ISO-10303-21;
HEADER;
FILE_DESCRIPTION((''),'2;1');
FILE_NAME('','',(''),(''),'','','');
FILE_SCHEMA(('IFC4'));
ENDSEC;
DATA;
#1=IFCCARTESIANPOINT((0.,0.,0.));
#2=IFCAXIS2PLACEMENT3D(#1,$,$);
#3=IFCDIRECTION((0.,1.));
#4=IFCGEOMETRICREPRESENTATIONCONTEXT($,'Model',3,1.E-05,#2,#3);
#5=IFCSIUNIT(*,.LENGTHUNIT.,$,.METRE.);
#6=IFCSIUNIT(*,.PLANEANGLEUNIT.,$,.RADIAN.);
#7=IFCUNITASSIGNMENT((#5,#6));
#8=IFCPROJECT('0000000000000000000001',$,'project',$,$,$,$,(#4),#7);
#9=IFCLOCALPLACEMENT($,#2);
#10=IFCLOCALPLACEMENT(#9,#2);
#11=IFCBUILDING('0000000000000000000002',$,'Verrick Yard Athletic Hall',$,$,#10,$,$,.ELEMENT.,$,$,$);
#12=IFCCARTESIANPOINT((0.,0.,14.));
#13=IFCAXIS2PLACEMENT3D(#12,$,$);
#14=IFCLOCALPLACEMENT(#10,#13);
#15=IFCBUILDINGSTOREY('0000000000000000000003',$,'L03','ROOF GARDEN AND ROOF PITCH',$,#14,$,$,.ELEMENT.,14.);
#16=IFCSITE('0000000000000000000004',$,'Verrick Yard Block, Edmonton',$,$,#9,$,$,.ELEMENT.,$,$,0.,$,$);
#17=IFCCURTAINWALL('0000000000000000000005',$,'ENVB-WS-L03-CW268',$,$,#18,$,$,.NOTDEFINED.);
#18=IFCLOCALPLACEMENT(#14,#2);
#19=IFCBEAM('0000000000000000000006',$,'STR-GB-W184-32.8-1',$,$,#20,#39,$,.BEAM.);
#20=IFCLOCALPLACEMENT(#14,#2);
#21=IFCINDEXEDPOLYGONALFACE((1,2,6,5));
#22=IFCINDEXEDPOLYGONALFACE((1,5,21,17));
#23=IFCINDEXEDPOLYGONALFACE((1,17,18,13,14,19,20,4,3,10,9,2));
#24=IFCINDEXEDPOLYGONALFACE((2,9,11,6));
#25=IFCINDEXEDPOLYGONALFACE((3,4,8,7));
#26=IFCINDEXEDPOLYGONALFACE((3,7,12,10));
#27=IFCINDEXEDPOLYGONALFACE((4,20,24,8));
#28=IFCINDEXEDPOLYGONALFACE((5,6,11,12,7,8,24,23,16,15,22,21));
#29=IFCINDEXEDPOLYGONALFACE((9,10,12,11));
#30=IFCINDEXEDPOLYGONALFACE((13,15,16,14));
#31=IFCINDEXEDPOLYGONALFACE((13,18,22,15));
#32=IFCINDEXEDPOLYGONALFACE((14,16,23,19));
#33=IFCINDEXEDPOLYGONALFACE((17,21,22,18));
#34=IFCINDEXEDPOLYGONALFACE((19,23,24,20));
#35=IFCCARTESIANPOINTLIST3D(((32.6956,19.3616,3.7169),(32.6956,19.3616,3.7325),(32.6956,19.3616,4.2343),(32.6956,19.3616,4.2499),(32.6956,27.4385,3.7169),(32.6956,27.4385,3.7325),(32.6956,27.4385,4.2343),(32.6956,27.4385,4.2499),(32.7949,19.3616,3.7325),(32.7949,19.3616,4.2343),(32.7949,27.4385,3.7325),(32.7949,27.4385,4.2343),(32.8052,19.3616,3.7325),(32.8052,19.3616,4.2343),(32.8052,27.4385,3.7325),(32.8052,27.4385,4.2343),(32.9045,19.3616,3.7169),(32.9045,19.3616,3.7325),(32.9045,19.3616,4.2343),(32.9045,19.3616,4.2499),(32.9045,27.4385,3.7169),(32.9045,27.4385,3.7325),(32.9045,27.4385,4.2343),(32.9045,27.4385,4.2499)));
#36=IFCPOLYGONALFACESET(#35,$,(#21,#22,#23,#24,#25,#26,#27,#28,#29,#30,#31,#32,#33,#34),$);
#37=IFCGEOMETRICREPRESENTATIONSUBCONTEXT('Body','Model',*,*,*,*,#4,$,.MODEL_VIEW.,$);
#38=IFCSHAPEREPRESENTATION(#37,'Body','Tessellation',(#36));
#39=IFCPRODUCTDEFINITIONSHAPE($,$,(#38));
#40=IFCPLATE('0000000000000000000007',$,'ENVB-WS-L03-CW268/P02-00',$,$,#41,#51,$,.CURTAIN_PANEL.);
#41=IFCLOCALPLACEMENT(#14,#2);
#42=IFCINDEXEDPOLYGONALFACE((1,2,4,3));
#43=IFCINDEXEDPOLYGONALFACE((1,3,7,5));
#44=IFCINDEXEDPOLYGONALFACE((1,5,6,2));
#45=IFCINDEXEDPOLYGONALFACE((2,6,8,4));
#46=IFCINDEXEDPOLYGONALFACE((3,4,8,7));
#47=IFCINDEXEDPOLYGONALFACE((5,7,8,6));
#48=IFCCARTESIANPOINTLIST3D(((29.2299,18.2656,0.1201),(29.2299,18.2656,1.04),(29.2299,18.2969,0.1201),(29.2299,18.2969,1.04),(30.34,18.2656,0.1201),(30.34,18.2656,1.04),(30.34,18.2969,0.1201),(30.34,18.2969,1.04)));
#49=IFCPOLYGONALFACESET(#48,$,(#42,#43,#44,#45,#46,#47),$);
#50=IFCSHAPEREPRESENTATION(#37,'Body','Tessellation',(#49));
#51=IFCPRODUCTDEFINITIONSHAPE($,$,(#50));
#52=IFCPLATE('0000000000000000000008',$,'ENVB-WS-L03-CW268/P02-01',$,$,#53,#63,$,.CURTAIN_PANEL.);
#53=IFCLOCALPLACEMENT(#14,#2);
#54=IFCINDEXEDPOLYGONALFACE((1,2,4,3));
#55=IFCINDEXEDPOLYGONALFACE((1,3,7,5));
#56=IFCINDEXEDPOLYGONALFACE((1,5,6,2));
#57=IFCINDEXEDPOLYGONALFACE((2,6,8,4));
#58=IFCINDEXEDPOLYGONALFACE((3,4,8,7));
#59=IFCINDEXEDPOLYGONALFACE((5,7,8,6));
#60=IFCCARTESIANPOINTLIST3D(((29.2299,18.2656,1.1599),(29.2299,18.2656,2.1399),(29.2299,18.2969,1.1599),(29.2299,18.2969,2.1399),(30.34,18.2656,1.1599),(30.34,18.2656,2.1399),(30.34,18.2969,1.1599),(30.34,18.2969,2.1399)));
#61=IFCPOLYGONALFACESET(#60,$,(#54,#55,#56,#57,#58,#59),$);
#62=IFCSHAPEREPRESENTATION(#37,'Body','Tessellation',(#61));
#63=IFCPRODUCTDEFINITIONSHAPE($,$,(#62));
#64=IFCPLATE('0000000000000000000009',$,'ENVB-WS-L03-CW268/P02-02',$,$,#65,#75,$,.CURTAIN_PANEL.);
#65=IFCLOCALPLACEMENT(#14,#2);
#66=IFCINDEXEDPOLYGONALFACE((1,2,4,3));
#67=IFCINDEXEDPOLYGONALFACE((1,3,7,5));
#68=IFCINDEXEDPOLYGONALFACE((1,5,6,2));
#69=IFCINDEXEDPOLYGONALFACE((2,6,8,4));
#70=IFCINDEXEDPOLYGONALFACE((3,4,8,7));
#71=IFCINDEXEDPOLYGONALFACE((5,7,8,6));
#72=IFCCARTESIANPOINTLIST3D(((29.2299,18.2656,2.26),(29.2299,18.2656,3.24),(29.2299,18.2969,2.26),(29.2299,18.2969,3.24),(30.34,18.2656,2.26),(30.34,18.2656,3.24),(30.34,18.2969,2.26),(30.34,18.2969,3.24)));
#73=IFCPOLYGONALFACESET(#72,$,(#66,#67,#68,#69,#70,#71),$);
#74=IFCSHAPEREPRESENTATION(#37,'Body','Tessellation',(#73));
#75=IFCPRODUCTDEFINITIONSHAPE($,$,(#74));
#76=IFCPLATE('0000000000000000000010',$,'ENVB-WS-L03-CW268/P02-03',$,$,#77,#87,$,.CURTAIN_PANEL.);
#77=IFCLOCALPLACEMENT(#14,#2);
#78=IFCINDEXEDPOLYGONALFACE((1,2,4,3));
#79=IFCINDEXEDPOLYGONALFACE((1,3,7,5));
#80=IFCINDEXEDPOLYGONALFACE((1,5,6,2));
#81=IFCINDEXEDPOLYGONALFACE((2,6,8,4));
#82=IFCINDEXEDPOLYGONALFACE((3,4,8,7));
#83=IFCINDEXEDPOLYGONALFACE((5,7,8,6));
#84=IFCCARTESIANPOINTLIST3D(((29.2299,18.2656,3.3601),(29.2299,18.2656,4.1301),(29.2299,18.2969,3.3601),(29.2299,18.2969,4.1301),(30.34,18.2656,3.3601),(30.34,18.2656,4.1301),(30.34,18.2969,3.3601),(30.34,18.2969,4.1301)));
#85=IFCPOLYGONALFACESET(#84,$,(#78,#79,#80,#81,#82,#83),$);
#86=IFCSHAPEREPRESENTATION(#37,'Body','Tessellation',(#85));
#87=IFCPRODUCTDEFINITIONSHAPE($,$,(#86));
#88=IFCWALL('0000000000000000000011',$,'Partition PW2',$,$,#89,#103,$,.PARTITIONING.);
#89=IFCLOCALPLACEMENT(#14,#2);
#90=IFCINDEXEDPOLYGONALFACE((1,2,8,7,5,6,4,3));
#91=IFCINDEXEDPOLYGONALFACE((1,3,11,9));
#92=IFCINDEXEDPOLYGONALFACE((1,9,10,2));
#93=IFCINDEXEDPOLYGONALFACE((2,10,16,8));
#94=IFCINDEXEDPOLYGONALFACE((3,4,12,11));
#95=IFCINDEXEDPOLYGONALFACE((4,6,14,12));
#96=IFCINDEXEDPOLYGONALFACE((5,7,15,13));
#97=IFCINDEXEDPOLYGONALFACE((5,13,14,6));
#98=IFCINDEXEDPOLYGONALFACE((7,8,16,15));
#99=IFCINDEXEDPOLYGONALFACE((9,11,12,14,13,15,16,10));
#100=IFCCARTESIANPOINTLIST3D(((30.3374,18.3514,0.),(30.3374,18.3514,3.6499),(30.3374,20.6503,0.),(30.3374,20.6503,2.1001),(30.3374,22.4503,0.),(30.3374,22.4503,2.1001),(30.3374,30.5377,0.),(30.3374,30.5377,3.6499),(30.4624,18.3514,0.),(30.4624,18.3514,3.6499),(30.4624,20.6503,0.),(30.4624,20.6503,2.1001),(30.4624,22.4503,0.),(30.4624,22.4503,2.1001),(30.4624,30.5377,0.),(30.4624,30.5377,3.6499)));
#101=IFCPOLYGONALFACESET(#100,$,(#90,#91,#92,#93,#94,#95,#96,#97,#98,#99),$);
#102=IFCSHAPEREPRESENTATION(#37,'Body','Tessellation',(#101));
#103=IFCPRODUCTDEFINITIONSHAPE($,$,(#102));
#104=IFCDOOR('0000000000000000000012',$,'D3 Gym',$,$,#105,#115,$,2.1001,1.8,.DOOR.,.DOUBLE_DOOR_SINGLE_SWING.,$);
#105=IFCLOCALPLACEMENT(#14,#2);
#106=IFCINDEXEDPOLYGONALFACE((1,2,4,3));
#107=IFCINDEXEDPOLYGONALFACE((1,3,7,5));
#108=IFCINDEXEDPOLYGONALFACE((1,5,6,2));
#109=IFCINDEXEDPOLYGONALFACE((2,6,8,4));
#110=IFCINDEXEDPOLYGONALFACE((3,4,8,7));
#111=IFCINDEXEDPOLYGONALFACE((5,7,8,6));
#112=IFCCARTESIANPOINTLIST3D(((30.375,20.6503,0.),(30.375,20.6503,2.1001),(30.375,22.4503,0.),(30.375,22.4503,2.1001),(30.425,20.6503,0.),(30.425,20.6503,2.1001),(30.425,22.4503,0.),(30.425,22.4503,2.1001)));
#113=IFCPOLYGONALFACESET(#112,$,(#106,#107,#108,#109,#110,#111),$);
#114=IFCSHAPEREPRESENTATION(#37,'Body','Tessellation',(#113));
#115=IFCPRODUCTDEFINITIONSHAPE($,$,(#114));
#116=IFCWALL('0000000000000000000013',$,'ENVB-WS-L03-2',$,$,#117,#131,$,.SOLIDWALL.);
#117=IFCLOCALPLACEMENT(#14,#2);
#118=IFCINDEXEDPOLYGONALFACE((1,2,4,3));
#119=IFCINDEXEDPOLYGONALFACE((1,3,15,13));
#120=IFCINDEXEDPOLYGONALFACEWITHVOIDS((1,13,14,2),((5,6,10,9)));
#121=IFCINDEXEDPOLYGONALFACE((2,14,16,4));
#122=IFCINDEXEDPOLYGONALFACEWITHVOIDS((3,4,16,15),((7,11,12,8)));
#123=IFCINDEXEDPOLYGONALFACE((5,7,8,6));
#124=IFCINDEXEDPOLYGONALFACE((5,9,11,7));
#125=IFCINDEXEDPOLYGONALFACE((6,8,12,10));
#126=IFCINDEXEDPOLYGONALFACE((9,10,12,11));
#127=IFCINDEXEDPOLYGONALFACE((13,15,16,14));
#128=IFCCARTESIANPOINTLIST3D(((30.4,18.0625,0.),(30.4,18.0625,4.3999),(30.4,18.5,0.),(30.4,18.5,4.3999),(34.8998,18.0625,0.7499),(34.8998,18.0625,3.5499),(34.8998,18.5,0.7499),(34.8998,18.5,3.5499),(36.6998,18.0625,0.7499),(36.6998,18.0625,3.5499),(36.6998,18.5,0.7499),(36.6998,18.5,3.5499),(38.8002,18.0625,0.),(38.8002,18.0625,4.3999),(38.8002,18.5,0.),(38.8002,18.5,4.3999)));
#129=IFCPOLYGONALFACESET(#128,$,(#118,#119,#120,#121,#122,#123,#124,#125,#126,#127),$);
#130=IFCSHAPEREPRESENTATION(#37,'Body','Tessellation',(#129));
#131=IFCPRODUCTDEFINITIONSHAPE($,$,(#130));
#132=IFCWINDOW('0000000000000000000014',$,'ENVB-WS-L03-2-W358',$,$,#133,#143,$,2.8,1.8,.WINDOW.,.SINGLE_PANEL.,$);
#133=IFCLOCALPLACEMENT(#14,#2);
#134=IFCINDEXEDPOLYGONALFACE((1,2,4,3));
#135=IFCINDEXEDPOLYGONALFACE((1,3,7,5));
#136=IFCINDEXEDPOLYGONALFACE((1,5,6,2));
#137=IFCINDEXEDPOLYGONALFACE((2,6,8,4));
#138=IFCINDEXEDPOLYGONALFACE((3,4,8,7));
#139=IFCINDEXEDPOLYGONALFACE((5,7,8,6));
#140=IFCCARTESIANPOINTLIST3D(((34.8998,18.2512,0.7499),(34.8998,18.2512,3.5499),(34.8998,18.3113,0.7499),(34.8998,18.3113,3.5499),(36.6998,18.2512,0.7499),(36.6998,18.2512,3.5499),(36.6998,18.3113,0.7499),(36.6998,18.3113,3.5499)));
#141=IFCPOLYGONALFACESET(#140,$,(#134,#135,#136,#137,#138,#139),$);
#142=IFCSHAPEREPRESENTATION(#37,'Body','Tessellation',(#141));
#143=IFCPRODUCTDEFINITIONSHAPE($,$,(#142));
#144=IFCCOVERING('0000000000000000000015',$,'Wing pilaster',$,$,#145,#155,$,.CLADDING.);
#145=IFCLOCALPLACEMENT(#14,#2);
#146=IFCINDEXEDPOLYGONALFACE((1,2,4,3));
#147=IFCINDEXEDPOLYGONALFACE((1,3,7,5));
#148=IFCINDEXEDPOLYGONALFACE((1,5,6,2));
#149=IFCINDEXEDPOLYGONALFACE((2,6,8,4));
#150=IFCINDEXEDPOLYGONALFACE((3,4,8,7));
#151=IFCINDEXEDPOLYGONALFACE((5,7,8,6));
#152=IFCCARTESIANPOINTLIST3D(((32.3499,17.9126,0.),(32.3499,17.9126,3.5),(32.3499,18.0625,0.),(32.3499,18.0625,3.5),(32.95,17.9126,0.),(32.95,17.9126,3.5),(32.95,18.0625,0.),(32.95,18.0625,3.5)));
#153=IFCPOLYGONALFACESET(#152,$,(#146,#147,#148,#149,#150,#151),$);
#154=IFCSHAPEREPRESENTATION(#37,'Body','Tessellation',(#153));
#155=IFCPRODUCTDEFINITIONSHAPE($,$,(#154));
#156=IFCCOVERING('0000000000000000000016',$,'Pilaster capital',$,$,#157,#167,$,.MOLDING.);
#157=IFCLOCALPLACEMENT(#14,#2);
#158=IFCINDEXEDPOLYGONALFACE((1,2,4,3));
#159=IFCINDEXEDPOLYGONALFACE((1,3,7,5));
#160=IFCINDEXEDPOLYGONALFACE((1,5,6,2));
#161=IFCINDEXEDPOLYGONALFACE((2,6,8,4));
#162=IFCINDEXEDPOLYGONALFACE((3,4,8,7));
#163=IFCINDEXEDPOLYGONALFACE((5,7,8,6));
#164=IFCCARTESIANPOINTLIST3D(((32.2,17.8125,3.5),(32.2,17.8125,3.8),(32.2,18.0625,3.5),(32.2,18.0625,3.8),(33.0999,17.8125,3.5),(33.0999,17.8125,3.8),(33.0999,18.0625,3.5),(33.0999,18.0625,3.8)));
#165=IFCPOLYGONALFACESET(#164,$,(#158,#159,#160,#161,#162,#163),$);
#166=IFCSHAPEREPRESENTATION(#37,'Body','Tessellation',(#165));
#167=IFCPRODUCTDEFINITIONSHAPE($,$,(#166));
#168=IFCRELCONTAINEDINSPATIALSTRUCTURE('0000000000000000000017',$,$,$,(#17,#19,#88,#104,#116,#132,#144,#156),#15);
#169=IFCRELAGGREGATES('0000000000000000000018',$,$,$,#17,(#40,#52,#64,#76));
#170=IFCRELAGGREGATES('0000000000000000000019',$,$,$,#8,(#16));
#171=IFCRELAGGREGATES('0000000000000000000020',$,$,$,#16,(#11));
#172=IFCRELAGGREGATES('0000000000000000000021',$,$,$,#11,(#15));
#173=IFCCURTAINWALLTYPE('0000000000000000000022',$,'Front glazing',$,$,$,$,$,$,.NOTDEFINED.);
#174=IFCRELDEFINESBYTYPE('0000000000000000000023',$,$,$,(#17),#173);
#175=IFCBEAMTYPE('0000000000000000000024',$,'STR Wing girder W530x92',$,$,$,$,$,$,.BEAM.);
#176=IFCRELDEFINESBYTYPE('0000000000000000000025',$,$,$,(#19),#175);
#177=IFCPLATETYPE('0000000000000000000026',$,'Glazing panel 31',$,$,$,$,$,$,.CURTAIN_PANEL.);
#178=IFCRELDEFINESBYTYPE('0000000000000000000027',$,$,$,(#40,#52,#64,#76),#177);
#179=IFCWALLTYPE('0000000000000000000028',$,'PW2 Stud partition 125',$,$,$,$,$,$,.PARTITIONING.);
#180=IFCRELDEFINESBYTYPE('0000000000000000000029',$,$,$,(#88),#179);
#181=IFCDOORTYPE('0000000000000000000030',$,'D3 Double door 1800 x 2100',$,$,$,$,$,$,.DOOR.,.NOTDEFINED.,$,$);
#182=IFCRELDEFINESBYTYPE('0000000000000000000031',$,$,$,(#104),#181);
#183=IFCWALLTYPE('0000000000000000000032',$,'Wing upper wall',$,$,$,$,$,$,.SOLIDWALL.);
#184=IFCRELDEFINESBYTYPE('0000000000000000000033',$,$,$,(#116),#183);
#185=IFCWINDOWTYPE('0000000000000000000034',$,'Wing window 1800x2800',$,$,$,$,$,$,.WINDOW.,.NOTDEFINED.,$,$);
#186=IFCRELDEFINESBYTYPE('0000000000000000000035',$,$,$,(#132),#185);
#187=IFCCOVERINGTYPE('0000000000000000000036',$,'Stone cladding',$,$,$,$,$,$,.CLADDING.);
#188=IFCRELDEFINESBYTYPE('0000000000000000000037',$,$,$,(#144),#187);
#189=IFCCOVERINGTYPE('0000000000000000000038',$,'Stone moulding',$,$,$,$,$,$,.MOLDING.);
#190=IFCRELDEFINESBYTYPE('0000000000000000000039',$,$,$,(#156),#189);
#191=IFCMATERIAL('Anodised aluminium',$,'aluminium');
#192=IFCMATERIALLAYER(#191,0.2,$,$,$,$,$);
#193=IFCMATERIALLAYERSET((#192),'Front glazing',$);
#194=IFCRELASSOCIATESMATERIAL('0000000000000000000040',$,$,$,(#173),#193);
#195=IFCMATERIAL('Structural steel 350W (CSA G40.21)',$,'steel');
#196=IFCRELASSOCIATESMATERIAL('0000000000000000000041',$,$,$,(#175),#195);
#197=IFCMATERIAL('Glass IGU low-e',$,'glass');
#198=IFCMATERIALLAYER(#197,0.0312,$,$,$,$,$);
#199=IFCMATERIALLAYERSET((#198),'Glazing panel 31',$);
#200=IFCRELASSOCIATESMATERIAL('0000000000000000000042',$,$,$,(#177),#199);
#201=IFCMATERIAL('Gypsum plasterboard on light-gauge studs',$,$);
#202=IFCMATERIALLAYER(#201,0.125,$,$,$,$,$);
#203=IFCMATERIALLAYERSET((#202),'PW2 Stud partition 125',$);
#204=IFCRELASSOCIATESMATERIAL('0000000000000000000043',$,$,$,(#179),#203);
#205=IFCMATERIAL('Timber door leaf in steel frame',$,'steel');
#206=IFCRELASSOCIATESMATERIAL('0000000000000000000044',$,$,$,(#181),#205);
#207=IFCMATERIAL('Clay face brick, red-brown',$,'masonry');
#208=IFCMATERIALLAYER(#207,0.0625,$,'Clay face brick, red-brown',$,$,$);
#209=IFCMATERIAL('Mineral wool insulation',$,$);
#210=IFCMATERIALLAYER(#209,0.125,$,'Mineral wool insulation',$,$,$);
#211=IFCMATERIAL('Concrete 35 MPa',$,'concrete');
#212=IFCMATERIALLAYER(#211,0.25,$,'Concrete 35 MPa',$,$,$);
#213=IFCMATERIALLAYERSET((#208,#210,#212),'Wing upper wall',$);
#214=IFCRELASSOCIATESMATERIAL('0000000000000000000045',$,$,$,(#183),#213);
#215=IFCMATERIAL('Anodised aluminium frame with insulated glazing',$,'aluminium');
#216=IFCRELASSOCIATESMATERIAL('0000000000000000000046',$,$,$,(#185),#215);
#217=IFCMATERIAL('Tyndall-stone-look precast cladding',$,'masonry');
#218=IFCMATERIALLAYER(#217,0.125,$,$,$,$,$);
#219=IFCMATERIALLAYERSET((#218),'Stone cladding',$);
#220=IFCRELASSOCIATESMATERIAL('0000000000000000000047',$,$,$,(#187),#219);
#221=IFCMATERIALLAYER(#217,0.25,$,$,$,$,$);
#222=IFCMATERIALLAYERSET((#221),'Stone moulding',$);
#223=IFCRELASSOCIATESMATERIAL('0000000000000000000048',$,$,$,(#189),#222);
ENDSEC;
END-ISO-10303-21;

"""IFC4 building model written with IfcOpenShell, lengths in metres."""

from ifc_helpers import new_model, si_unit, direction, frame, frame_2d, origin, origin_2d, place, context, subcontext, project, spatial, rectangle, i_section, extrude, material, layer, layer_set, material_profile, profile_set, type_object, element, fill, aggregate, save


model = new_model("IFC4")

# Units and contexts
model_context = context("Model", 3, precision=1e-05, world=origin(), true_north=direction((0.0, 1.0)))
body_context = subcontext(model_context, "Body", "Model", "MODEL_VIEW")
ifc_project = project(units=[si_unit("LENGTHUNIT", "METRE"), si_unit("PLANEANGLEUNIT", "RADIAN")], contexts=[model_context])

# Site, building, storey
site_placement = place(None, origin())
site = spatial("IfcSite", under=ifc_project, at=site_placement, Name="Verrick Yard Block, Edmonton", CompositionType="ELEMENT", RefElevation=0.0)
building_placement = place(site_placement, origin())
building = spatial("IfcBuilding", under=site, at=building_placement, Name="Verrick Yard Athletic Hall", CompositionType="ELEMENT")
storey_placement = place(building_placement, frame((0.0, 0.0, 14.0)))
storey = spatial("IfcBuildingStorey", under=building, at=storey_placement, Name="L03", Description="ROOF GARDEN AND ROOF PITCH", CompositionType="ELEMENT", Elevation=14.0)

# Shared definitions
ifc_material_1 = material(Name="Structural steel 350W (CSA G40.21)", Category="steel")

# Curtain wall
ifc_material_2 = material(Name="Anodised aluminium", Category="aluminium")
ifc_layer_1 = layer(ifc_material_2, 0.2)
ifc_layer_set_1 = layer_set([ifc_layer_1], Name="Front glazing")
curtain_wall_type = type_object("IfcCurtainWallType", Name="Front glazing", PredefinedType="NOTDEFINED", material=ifc_layer_set_1)
curtain_wall_placement = place(storey_placement, origin())
curtain_wall = element("IfcCurtainWall", 1, at=curtain_wall_placement, inside=storey, type_object=curtain_wall_type, Name="ENVB-WS-L03-CW268", PredefinedType="NOTDEFINED")

# Beam
ifc_material_profile_1 = material_profile(ifc_material_1, i_section(OverallWidth=0.209, OverallDepth=0.533, WebThickness=0.0103, FlangeThickness=0.0156, at=origin_2d()), Name="W530x92")
ifc_profile_set_1 = profile_set([ifc_material_profile_1], Name="Structural steel 350W (CSA G40.21)")
beam_type_1 = type_object("IfcBeamType", Name="STR Wing girder W530x92", PredefinedType="BEAM", material=ifc_profile_set_1)
beam_1_placement = place(storey_placement, frame((32.8, 19.3616, 3.9834), z_axis=(0.0, 1.0, 0.0), x_axis=(-1.0, 0.0, 0.0)))
element("IfcBeam", 2, at=beam_1_placement, inside=storey, type_object=beam_type_1, Name="STR-GB-W184-32.8-1", PredefinedType="BEAM", context=body_context, shape_type="SweptSolid", body=[
    extrude(i_section(OverallWidth=0.209, OverallDepth=0.533, WebThickness=0.0103, FlangeThickness=0.0156, at=origin_2d()), origin(), (0.0, 0.0, 1.0), 8.0769),
])

# Plates
ifc_material_3 = material(Name="Glass IGU low-e", Category="glass")
ifc_layer_2 = layer(ifc_material_3, 0.0312)
ifc_layer_set_2 = layer_set([ifc_layer_2], Name="Glazing panel 31")
plate_type = type_object("IfcPlateType", Name="Glazing panel 31", PredefinedType="CURTAIN_PANEL", material=ifc_layer_set_2)
plate_1_placement = place(storey_placement, frame((29.7849, 18.2812, 0.1201), z_axis=(0.0, 0.0, 1.0), x_axis=(1.0, 0.0, 0.0)))
plate_1 = element("IfcPlate", 3, at=plate_1_placement, type_object=plate_type, Name="ENVB-WS-L03-CW268/P02-00", PredefinedType="CURTAIN_PANEL", context=body_context, shape_type="SweptSolid", body=[
    extrude(rectangle(XDim=1.1101, YDim=0.0312, at=origin_2d()), origin(), (0.0, 0.0, 1.0), 0.9199),
])
plate_2_placement = place(storey_placement, frame((29.7849, 18.2812, 1.1599), z_axis=(0.0, 0.0, 1.0), x_axis=(1.0, 0.0, 0.0)))
plate_2 = element("IfcPlate", 4, at=plate_2_placement, type_object=plate_type, Name="ENVB-WS-L03-CW268/P02-01", PredefinedType="CURTAIN_PANEL", context=body_context, shape_type="SweptSolid", body=[
    extrude(rectangle(XDim=1.1101, YDim=0.0312, at=origin_2d()), origin(), (0.0, 0.0, 1.0), 0.98),
])
plate_3_placement = place(storey_placement, frame((29.7849, 18.2812, 2.26), z_axis=(0.0, 0.0, 1.0), x_axis=(1.0, 0.0, 0.0)))
plate_3 = element("IfcPlate", 5, at=plate_3_placement, type_object=plate_type, Name="ENVB-WS-L03-CW268/P02-02", PredefinedType="CURTAIN_PANEL", context=body_context, shape_type="SweptSolid", body=[
    extrude(rectangle(XDim=1.1101, YDim=0.0312, at=origin_2d()), origin(), (0.0, 0.0, 1.0), 0.98),
])
plate_4_placement = place(storey_placement, frame((29.7849, 18.2812, 3.3601), z_axis=(0.0, 0.0, 1.0), x_axis=(1.0, 0.0, 0.0)))
plate_4 = element("IfcPlate", 6, at=plate_4_placement, type_object=plate_type, Name="ENVB-WS-L03-CW268/P02-03", PredefinedType="CURTAIN_PANEL", context=body_context, shape_type="SweptSolid", body=[
    extrude(rectangle(XDim=1.1101, YDim=0.0312, at=origin_2d()), origin(), (0.0, 0.0, 1.0), 0.77),
])
aggregate(curtain_wall, [plate_1, plate_2, plate_3, plate_4])

# Wall, opening, door
ifc_material_4 = material(Name="Gypsum plasterboard on light-gauge studs")
ifc_layer_3 = layer(ifc_material_4, 0.125)
ifc_layer_set_3 = layer_set([ifc_layer_3], Name="PW2 Stud partition 125")
wall_type_1 = type_object("IfcWallType", Name="PW2 Stud partition 125", PredefinedType="PARTITIONING", material=ifc_layer_set_3)
wall_1_placement = place(storey_placement, frame((30.3999, 18.3513, 0.0), z_axis=(0.0, 0.0, 1.0), x_axis=(0.0, 1.0, 0.0)))
wall_1 = element("IfcWall", 7, at=wall_1_placement, inside=storey, type_object=wall_type_1, Name="Partition PW2", PredefinedType="PARTITIONING", context=body_context, shape_type="SweptSolid", body=[
    extrude(rectangle(XDim=12.1863, YDim=0.125, at=frame_2d((6.0933, 0.0))), origin(), (0.0, 0.0, 1.0), 3.6499),
])
opening_1_placement = place(wall_1_placement, frame((2.2991, 0.0, 0.0)))
opening_1 = element("IfcOpeningElement", 8, at=opening_1_placement, cuts=wall_1, PredefinedType="OPENING", context=body_context, shape_type="SweptSolid", body=[
    extrude(rectangle(XDim=1.8, YDim=2.1001, at=frame_2d((0.8999, 1.05))), frame((0.0, 0.0725, 0.0), z_axis=(0.0, -1.0, 0.0), x_axis=(1.0, 0.0, 0.0)), (0.0, 0.0, 1.0), 0.145),
])
ifc_material_5 = material(Name="Timber door leaf in steel frame", Category="steel")
door_type = type_object("IfcDoorType", Name="D3 Double door 1800 x 2100", OperationType="NOTDEFINED", PredefinedType="DOOR", material=ifc_material_5)
door_placement = place(opening_1_placement, origin())
door = element("IfcDoor", 9, at=door_placement, inside=storey, type_object=door_type, Name="D3 Gym", OperationType="DOUBLE_DOOR_SINGLE_SWING", OverallHeight=2.1001, OverallWidth=1.8, PredefinedType="DOOR", context=body_context, shape_type="SweptSolid", body=[
    extrude(rectangle(XDim=1.8, YDim=2.1001, at=frame_2d((0.8999, 1.05))), frame((0.0, 0.0249, 0.0), z_axis=(0.0, -1.0, 0.0), x_axis=(1.0, 0.0, 0.0)), (0.0, 0.0, 1.0), 0.05),
])
fill(opening_1, door)

# Wall, opening, window
ifc_material_6 = material(Name="Clay face brick, red-brown", Category="masonry")
ifc_layer_4 = layer(ifc_material_6, 0.0625, Name="Clay face brick, red-brown")
ifc_material_7 = material(Name="Mineral wool insulation")
ifc_layer_5 = layer(ifc_material_7, 0.125, Name="Mineral wool insulation")
ifc_material_8 = material(Name="Concrete 35 MPa", Category="concrete")
ifc_layer_6 = layer(ifc_material_8, 0.25, Name="Concrete 35 MPa")
ifc_layer_set_4 = layer_set([ifc_layer_4, ifc_layer_5, ifc_layer_6], Name="Wing upper wall")
wall_type_2 = type_object("IfcWallType", Name="Wing upper wall", PredefinedType="SOLIDWALL", material=ifc_layer_set_4)
wall_2_placement = place(storey_placement, frame((30.3999, 18.2812, 0.0), z_axis=(0.0, 0.0, 1.0), x_axis=(1.0, 0.0, 0.0)))
wall_2 = element("IfcWall", 10, at=wall_2_placement, inside=storey, type_object=wall_type_2, Name="ENVB-WS-L03-2", PredefinedType="SOLIDWALL", context=body_context, shape_type="SweptSolid", body=[
    extrude(rectangle(XDim=8.4001, YDim=0.4375, at=frame_2d((4.2002, 0.0))), origin(), (0.0, 0.0, 1.0), 4.3999),
])
opening_2_placement = place(wall_2_placement, frame((4.5, 0.0, 0.75)))
opening_2 = element("IfcOpeningElement", 11, at=opening_2_placement, cuts=wall_2, PredefinedType="OPENING", context=body_context, shape_type="SweptSolid", body=[
    extrude(rectangle(XDim=1.8, YDim=2.8, at=frame_2d((0.8999, 1.3999))), frame((0.0, 0.2288, 0.0), z_axis=(0.0, -1.0, 0.0), x_axis=(1.0, 0.0, 0.0)), (0.0, 0.0, 1.0), 0.4575),
])
ifc_material_9 = material(Name="Anodised aluminium frame with insulated glazing", Category="aluminium")
window_type = type_object("IfcWindowType", Name="Wing window 1800x2800", PartitioningType="NOTDEFINED", PredefinedType="WINDOW", material=ifc_material_9)
window_placement = place(opening_2_placement, origin())
window = element("IfcWindow", 12, at=window_placement, inside=storey, type_object=window_type, Name="ENVB-WS-L03-2-W358", OverallHeight=2.8, OverallWidth=1.8, PartitioningType="SINGLE_PANEL", PredefinedType="WINDOW", context=body_context, shape_type="SweptSolid", body=[
    extrude(rectangle(XDim=1.8, YDim=2.8, at=frame_2d((0.8999, 1.3999))), frame((0.0, 0.03, 0.0), z_axis=(0.0, -1.0, 0.0), x_axis=(1.0, 0.0, 0.0)), (0.0, 0.0, 1.0), 0.0601),
])
fill(opening_2, window)

# Coverings
ifc_material_10 = material(Name="Tyndall-stone-look precast cladding", Category="masonry")
ifc_layer_7 = layer(ifc_material_10, 0.125)
ifc_layer_set_5 = layer_set([ifc_layer_7], Name="Stone cladding")
covering_type_1 = type_object("IfcCoveringType", Name="Stone cladding", PredefinedType="CLADDING", material=ifc_layer_set_5)
covering_1_placement = place(storey_placement, frame((32.6499, 17.9875, 0.0), z_axis=(0.0, 0.0, 1.0), x_axis=(1.0, 0.0, 0.0)))
element("IfcCovering", 13, at=covering_1_placement, inside=storey, type_object=covering_type_1, Name="Wing pilaster", PredefinedType="CLADDING", context=body_context, shape_type="SweptSolid", body=[
    extrude(rectangle(XDim=0.6001, YDim=0.1499, at=origin_2d()), origin(), (0.0, 0.0, 1.0), 3.5),
])
ifc_layer_8 = layer(ifc_material_10, 0.25)
ifc_layer_set_6 = layer_set([ifc_layer_8], Name="Stone moulding")
covering_type_2 = type_object("IfcCoveringType", Name="Stone moulding", PredefinedType="MOLDING", material=ifc_layer_set_6)
covering_2_placement = place(storey_placement, frame((32.6499, 17.9375, 3.5), z_axis=(0.0, 0.0, 1.0), x_axis=(1.0, 0.0, 0.0)))
element("IfcCovering", 14, at=covering_2_placement, inside=storey, type_object=covering_type_2, Name="Pilaster capital", PredefinedType="MOLDING", context=body_context, shape_type="SweptSolid", body=[
    extrude(rectangle(XDim=0.8999, YDim=0.25, at=origin_2d()), origin(), (0.0, 0.0, 1.0), 0.3),
])

save(model, "model.ifc")
